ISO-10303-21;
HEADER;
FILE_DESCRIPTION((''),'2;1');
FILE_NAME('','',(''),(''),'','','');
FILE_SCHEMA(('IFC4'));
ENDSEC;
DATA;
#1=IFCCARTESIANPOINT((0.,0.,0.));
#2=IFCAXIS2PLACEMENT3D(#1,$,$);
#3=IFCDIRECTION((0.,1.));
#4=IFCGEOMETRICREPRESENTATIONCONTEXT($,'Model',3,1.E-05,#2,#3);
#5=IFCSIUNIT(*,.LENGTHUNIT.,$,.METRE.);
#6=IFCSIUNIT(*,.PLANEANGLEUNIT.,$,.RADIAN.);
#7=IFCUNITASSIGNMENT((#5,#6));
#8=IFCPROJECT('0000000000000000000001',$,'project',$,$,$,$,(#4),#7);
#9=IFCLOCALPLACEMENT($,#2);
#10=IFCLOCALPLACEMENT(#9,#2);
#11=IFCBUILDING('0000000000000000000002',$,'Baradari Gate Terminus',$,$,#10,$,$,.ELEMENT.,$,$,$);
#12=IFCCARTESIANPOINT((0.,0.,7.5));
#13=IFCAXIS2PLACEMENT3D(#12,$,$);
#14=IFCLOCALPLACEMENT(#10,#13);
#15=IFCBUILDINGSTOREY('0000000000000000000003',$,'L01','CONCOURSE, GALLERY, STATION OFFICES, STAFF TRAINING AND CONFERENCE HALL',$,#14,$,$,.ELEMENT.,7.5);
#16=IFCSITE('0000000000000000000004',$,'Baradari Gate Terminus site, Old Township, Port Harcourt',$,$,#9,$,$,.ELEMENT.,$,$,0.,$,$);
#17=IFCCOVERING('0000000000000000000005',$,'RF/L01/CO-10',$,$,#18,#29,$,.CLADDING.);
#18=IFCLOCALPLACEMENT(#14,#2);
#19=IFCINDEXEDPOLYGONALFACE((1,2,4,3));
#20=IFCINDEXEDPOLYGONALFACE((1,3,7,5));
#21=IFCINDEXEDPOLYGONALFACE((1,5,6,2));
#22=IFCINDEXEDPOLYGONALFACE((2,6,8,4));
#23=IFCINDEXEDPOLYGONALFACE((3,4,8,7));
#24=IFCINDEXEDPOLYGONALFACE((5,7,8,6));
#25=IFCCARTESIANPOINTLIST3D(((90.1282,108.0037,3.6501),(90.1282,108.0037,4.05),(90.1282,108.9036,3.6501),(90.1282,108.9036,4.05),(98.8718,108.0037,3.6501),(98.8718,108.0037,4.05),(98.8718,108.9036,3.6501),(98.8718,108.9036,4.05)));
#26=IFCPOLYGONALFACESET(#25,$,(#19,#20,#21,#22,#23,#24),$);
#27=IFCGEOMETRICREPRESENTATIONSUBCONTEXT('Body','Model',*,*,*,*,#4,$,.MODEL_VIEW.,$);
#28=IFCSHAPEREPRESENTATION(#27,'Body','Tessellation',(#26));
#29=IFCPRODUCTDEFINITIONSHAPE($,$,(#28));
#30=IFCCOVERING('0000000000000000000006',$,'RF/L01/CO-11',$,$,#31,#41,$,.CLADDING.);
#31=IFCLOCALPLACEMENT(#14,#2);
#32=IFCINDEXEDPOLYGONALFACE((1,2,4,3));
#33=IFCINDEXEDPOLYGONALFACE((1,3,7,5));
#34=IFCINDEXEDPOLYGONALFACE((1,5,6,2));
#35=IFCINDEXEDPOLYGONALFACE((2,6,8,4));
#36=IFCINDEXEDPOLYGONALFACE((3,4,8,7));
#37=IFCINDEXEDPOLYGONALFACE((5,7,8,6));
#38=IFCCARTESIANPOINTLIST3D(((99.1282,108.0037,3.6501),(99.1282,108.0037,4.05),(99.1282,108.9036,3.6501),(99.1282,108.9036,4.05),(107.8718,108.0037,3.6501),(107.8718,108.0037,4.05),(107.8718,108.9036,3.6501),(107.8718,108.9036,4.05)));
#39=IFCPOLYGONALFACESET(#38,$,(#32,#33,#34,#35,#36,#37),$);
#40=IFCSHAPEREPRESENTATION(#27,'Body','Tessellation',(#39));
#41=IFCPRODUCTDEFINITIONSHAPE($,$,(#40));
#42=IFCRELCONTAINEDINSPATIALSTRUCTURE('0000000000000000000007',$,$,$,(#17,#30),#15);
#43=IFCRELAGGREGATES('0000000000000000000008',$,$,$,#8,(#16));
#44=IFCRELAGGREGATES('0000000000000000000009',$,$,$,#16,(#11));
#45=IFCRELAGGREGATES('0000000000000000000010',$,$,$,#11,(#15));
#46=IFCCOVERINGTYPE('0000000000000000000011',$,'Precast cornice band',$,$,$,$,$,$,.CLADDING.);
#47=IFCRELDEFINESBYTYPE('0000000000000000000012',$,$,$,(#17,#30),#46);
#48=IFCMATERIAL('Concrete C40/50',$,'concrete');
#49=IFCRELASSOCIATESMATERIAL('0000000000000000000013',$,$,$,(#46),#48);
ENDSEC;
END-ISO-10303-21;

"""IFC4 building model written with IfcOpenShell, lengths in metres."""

from ifc_helpers import new_model, si_unit, direction, frame, origin, origin_2d, place, context, subcontext, project, spatial, rectangle, extrude, material, type_object, element, save


model = new_model("IFC4")

# Units and contexts
model_context = context("Model", 3, precision=1e-05, world=origin(), true_north=direction((0.0, 1.0)))
body_context = subcontext(model_context, "Body", "Model", "MODEL_VIEW")
ifc_project = project(units=[si_unit("LENGTHUNIT", "METRE"), si_unit("PLANEANGLEUNIT", "RADIAN")], contexts=[model_context])

# Site, building, storey
site_placement = place(None, origin())
site = spatial("IfcSite", under=ifc_project, at=site_placement, Name="Baradari Gate Terminus site, Old Township, Port Harcourt", CompositionType="ELEMENT", RefElevation=0.0)
building_placement = place(site_placement, origin())
building = spatial("IfcBuilding", under=site, at=building_placement, Name="Baradari Gate Terminus", CompositionType="ELEMENT")
storey_placement = place(building_placement, frame((0.0, 0.0, 7.5)))
storey = spatial("IfcBuildingStorey", under=building, at=storey_placement, Name="L01", Description="CONCOURSE, GALLERY, STATION OFFICES, STAFF TRAINING AND CONFERENCE HALL", CompositionType="ELEMENT", Elevation=7.5)

# Coverings
ifc_material_1 = material(Name="Concrete C40/50", Category="concrete")
covering_type_1 = type_object("IfcCoveringType", Name="Precast cornice band", PredefinedType="CLADDING", material=ifc_material_1)
for number, where, z_axis, x_axis, name in (
    (1, (94.5, 108.4536, 3.6501), (0.0, 0.0, 1.0), (1.0, 0.0, 0.0), "RF/L01/CO-10"),
    (2, (103.5, 108.4536, 3.6501), (0.0, 0.0, 1.0), (1.0, 0.0, 0.0), "RF/L01/CO-11"),
):
    element("IfcCovering", number, at=place(storey_placement, frame(where, z_axis=z_axis, x_axis=x_axis)), inside=storey, type_object=covering_type_1, Name=name, PredefinedType="CLADDING", context=body_context, shape_type="SweptSolid", body=[
        extrude(rectangle(XDim=8.7437, YDim=0.8999, at=origin_2d()), origin(), (0.0, 0.0, 1.0), 0.3999),
    ])

save(model, "model.ifc")
